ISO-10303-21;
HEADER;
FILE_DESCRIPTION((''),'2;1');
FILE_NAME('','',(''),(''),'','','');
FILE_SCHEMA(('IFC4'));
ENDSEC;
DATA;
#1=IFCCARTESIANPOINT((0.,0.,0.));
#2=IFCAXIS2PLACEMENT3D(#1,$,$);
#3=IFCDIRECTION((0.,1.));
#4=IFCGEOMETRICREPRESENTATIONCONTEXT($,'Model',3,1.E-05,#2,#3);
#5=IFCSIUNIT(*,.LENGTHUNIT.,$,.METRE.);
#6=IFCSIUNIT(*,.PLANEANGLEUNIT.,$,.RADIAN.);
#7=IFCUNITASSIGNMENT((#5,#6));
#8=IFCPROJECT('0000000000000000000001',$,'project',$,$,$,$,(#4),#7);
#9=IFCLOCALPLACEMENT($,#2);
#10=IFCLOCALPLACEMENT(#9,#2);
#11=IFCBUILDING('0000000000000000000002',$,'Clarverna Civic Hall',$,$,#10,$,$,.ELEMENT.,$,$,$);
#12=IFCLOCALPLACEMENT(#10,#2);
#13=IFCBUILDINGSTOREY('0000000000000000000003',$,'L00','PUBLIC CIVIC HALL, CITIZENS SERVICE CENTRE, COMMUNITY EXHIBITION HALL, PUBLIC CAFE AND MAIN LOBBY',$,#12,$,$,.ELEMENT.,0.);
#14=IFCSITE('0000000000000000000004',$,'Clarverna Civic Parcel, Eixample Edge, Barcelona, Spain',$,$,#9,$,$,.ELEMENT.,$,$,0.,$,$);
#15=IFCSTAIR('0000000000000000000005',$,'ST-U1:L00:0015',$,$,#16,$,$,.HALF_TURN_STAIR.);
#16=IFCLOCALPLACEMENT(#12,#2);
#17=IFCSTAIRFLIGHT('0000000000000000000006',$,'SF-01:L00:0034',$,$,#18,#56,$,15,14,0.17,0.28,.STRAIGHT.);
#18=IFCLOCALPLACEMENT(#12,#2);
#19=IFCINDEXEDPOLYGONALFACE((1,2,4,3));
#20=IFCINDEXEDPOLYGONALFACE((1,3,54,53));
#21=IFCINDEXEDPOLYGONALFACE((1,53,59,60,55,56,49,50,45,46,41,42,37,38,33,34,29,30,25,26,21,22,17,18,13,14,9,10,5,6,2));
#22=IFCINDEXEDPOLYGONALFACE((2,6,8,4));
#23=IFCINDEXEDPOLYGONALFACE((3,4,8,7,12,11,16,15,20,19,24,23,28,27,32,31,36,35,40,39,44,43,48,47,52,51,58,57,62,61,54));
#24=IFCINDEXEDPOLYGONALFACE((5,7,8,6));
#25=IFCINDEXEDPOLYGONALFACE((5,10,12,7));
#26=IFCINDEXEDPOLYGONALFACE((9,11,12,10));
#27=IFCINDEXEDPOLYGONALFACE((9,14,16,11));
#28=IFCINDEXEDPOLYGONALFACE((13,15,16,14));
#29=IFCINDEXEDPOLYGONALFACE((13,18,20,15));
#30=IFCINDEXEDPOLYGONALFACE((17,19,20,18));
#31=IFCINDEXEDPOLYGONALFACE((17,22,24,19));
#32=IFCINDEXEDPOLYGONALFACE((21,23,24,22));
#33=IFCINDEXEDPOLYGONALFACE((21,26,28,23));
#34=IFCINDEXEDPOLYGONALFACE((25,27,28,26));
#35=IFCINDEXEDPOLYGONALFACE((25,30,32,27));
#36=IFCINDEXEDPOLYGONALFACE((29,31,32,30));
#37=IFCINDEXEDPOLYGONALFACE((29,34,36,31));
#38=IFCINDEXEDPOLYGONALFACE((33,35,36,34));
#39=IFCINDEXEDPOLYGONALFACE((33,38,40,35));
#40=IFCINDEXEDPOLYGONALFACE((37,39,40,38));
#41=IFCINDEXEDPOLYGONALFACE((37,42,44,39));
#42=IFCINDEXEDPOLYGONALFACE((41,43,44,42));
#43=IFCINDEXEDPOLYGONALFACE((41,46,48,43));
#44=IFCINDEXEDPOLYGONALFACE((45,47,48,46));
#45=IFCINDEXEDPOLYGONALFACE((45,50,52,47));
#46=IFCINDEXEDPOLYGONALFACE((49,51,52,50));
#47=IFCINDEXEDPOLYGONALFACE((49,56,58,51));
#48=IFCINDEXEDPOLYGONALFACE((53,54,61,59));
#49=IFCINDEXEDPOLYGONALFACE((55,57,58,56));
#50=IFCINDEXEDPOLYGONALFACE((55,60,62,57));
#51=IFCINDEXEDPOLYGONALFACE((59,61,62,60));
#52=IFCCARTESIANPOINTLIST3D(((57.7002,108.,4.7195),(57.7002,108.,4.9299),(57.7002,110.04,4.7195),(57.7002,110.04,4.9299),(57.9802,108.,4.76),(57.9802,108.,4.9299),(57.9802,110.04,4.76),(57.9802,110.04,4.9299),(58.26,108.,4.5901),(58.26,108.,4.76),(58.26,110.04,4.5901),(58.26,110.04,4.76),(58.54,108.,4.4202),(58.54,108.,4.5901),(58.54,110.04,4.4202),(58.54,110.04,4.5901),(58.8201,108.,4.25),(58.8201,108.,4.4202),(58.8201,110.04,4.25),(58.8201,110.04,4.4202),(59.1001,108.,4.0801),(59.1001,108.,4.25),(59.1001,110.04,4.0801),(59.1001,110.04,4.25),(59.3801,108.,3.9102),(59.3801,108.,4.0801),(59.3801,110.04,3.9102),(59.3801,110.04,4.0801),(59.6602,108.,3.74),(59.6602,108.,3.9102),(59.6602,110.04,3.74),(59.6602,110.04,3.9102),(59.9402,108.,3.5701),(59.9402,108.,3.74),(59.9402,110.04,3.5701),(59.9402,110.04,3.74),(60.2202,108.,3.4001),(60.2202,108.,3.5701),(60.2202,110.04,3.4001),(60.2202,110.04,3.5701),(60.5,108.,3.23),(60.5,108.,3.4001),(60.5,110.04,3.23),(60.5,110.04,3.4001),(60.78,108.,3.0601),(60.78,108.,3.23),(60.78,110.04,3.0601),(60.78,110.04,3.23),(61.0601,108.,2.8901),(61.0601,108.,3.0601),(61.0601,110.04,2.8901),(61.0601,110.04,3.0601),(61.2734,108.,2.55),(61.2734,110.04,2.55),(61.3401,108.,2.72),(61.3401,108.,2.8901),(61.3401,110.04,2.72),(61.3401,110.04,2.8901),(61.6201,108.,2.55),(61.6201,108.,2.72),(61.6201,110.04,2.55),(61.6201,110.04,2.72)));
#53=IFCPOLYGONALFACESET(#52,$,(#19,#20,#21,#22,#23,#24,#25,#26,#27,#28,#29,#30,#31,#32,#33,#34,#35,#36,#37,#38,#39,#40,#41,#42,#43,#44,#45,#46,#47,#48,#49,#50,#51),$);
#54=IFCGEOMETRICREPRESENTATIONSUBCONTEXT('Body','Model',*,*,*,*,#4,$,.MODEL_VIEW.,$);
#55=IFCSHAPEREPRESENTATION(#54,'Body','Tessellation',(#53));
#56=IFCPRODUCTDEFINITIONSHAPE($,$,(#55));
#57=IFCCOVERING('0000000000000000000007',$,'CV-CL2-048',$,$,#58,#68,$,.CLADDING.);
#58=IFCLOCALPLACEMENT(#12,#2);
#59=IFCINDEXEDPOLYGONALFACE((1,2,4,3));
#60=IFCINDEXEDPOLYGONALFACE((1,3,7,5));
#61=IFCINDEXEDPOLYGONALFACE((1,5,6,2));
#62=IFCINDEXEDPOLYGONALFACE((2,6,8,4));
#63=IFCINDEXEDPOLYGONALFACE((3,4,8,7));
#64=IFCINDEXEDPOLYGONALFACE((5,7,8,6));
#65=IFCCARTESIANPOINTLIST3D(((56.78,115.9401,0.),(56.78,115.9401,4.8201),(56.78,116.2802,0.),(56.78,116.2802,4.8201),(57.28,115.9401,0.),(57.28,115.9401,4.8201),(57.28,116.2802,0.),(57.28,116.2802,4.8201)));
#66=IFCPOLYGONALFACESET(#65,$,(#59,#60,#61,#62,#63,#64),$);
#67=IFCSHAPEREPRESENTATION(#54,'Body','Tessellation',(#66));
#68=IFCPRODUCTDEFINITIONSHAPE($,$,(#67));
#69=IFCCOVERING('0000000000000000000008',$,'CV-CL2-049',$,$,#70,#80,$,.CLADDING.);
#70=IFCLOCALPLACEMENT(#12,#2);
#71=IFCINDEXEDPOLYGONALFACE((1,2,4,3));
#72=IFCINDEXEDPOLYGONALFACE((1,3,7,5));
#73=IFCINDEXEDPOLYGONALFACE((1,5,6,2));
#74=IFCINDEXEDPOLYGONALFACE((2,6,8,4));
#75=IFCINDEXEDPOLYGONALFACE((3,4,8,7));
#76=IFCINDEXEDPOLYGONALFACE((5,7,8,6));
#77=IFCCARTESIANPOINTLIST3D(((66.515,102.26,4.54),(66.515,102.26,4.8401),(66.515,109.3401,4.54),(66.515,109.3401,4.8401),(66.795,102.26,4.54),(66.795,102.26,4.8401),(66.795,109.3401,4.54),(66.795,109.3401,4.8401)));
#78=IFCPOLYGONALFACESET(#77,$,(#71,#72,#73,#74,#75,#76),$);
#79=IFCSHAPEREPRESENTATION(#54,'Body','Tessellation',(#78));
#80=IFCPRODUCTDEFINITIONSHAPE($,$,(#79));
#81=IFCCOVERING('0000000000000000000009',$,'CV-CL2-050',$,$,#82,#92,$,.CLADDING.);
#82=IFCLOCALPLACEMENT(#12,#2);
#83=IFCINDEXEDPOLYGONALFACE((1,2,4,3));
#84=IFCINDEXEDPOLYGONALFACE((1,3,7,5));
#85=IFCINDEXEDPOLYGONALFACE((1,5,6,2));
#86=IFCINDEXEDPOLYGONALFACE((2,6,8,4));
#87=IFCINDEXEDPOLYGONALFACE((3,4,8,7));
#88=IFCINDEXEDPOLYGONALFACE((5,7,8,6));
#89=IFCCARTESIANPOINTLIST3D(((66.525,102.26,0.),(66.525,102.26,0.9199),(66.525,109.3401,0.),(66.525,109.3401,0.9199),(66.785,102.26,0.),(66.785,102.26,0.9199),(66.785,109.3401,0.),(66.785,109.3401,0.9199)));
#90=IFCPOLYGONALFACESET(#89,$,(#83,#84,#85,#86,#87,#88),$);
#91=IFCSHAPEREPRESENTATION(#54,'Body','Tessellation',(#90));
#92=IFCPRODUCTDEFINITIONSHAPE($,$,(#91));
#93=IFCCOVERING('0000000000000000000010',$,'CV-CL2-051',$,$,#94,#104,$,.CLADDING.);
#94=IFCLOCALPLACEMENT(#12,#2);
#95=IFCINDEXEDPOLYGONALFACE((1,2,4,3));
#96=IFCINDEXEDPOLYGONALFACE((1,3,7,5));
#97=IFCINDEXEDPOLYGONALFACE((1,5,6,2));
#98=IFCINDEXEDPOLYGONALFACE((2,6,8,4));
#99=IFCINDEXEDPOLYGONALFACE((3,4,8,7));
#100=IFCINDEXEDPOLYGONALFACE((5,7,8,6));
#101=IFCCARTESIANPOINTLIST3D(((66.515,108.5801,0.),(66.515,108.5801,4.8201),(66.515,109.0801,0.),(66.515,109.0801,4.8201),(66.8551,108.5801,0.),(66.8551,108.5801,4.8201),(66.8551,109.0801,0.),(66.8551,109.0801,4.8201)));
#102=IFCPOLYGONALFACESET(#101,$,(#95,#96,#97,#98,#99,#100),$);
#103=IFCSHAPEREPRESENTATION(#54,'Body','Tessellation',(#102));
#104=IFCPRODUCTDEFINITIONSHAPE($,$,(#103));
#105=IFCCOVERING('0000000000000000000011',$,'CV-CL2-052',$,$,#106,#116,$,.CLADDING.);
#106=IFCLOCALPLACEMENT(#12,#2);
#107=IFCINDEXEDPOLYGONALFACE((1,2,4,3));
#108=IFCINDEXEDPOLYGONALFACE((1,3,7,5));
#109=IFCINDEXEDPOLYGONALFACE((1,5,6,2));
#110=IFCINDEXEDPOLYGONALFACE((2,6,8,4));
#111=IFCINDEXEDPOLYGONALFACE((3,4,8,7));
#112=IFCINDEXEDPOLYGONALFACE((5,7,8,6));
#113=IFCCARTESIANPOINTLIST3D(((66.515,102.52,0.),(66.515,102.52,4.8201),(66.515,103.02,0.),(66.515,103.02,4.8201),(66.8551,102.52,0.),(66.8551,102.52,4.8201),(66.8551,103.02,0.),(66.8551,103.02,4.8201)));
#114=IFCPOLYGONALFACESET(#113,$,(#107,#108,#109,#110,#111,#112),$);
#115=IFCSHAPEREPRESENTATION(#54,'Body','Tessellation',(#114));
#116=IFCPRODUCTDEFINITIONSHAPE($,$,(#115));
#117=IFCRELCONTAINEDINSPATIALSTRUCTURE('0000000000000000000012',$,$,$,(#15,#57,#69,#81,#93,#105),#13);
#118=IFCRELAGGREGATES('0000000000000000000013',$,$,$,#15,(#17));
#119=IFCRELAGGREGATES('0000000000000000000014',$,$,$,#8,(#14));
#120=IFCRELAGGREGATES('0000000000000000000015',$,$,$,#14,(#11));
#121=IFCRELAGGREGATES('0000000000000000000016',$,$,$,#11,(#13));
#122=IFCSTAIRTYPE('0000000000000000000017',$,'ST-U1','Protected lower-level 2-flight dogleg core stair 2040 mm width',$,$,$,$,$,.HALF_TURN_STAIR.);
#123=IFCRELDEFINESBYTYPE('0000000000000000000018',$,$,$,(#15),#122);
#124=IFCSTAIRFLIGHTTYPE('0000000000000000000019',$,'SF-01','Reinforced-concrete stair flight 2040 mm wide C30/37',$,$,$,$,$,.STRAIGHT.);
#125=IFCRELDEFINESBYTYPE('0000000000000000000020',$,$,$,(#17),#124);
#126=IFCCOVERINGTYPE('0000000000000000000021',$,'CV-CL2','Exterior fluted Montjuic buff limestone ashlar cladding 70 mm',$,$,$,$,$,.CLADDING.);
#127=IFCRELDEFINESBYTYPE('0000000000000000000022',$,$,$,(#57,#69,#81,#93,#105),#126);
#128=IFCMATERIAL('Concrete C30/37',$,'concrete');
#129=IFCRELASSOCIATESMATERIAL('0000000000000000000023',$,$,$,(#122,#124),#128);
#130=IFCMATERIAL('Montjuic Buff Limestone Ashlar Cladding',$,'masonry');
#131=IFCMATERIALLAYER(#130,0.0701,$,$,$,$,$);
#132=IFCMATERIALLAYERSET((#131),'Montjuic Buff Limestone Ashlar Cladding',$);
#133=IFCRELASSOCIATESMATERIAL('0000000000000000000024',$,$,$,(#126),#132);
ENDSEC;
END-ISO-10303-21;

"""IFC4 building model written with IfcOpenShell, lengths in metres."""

from ifc_helpers import new_model, si_unit, direction, frame, frame_2d, origin, place, context, subcontext, project, spatial, polyline, rectangle, outline, extrude, material, layer, layer_set, type_object, element, aggregate, save


model = new_model("IFC4")

# Units and contexts
model_context = context("Model", 3, precision=1e-05, world=origin(), true_north=direction((0.0, 1.0)))
body_context = subcontext(model_context, "Body", "Model", "MODEL_VIEW")
ifc_project = project(units=[si_unit("LENGTHUNIT", "METRE"), si_unit("PLANEANGLEUNIT", "RADIAN")], contexts=[model_context])

# Site, building, storey
site_placement = place(None, origin())
site = spatial("IfcSite", under=ifc_project, at=site_placement, Name="Clarverna Civic Parcel, Eixample Edge, Barcelona, Spain", CompositionType="ELEMENT", RefElevation=0.0)
building_placement = place(site_placement, origin())
building = spatial("IfcBuilding", under=site, at=building_placement, Name="Clarverna Civic Hall", CompositionType="ELEMENT")
storey_placement = place(building_placement, origin())
storey = spatial("IfcBuildingStorey", under=building, at=storey_placement, Name="L00", Description="PUBLIC CIVIC HALL, CITIZENS SERVICE CENTRE, COMMUNITY EXHIBITION HALL, PUBLIC CAFE AND MAIN LOBBY", CompositionType="ELEMENT", Elevation=0.0)

# Stair, stair flight
ifc_material_1 = material(Name="Concrete C30/37", Category="concrete")
stair_type = type_object("IfcStairType", Name="ST-U1", Description="Protected lower-level 2-flight dogleg core stair 2040 mm width", PredefinedType="HALF_TURN_STAIR", material=ifc_material_1)
stair_placement = place(storey_placement, origin())
stair = element("IfcStair", 1, at=stair_placement, inside=storey, type_object=stair_type, Name="ST-U1:L00:0015", PredefinedType="HALF_TURN_STAIR")
stair_flight_type = type_object("IfcStairFlightType", Name="SF-01", Description="Reinforced-concrete stair flight 2040 mm wide C30/37", PredefinedType="STRAIGHT", material=ifc_material_1)
stair_flight_1_placement = place(storey_placement, frame((61.6201, 109.02, 2.55), z_axis=(0.0, 0.0, 1.0), x_axis=(-1.0, 0.0, 0.0)))
stair_flight_1 = element("IfcStairFlight", 2, at=stair_flight_1_placement, type_object=stair_flight_type, Name="SF-01:L00:0034", NumberOfRisers=15, NumberOfTreads=14, PredefinedType="STRAIGHT", RiserHeight=0.17, TreadLength=0.28, context=body_context, shape_type="SweptSolid", body=[
    extrude(outline(polyline([(0.0, 0.0), (0.0, 0.1699), (0.28, 0.1699), (0.28, 0.3401), (0.5601, 0.3401), (0.5601, 0.51), (0.8401, 0.51), (0.8401, 0.6799), (1.1201, 0.6799), (1.1201, 0.8501), (1.3999, 0.8501), (1.3999, 1.02), (1.6799, 1.02), (1.6799, 1.1899), (1.96, 1.1899), (1.96, 1.3601), (2.24, 1.3601), (2.24, 1.53), (2.52, 1.53), (2.52, 1.7), (2.8, 1.7), (2.8, 1.8701), (3.0801, 1.8701), (3.0801, 2.04), (3.3601, 2.04), (3.3601, 2.21), (3.6399, 2.21), (3.6399, 2.3799), (3.9199, 2.3799), (3.9199, 2.55), (3.9199, 2.1694), (0.3467, 0.0), (0.0, 0.0)])), frame((0.0, 1.02, 0.0), z_axis=(0.0, -1.0, 0.0), x_axis=(1.0, 0.0, 0.0)), (0.0, 0.0, 1.0), 2.04),
])
aggregate(stair, [stair_flight_1])

# Coverings
ifc_material_2 = material(Name="Montjuic Buff Limestone Ashlar Cladding", Category="masonry")
ifc_layer_1 = layer(ifc_material_2, 0.0701)
ifc_layer_set_1 = layer_set([ifc_layer_1], Name="Montjuic Buff Limestone Ashlar Cladding")
covering_type = type_object("IfcCoveringType", Name="CV-CL2", Description="Exterior fluted Montjuic buff limestone ashlar cladding 70 mm", PredefinedType="CLADDING", material=ifc_layer_set_1)
covering_1_placement = place(storey_placement, frame((56.78, 116.1101, 0.0), z_axis=(0.0, 0.0, 1.0), x_axis=(1.0, 0.0, 0.0)))
element("IfcCovering", 3, at=covering_1_placement, inside=storey, type_object=covering_type, Name="CV-CL2-048", PredefinedType="CLADDING", context=body_context, shape_type="SweptSolid", body=[
    extrude(rectangle(XDim=0.5, YDim=0.3401, at=frame_2d((0.25, 0.0))), origin(), (0.0, 0.0, 1.0), 4.8201),
])
covering_2_placement = place(storey_placement, frame((66.655, 109.3401, 4.54), z_axis=(0.0, 0.0, 1.0), x_axis=(0.0, -1.0, 0.0)))
element("IfcCovering", 4, at=covering_2_placement, inside=storey, type_object=covering_type, Name="CV-CL2-049", PredefinedType="CLADDING", context=body_context, shape_type="SweptSolid", body=[
    extrude(rectangle(XDim=7.0801, YDim=0.28, at=frame_2d((3.54, 0.0))), origin(), (0.0, 0.0, 1.0), 0.3),
])
covering_3_placement = place(storey_placement, frame((66.655, 109.3401, 0.0), z_axis=(0.0, 0.0, 1.0), x_axis=(0.0, -1.0, 0.0)))
element("IfcCovering", 5, at=covering_3_placement, inside=storey, type_object=covering_type, Name="CV-CL2-050", PredefinedType="CLADDING", context=body_context, shape_type="SweptSolid", body=[
    extrude(rectangle(XDim=7.0801, YDim=0.26, at=frame_2d((3.54, 0.0))), origin(), (0.0, 0.0, 1.0), 0.9199),
])
for number, where, z_axis, x_axis, name in (
    (6, (66.6851, 109.0801, 0.0), (0.0, 0.0, 1.0), (0.0, -1.0, 0.0), "CV-CL2-051"),
    (7, (66.6851, 103.02, 0.0), (0.0, 0.0, 1.0), (0.0, -1.0, 0.0), "CV-CL2-052"),
):
    element("IfcCovering", number, at=place(storey_placement, frame(where, z_axis=z_axis, x_axis=x_axis)), inside=storey, type_object=covering_type, Name=name, PredefinedType="CLADDING", context=body_context, shape_type="SweptSolid", body=[
        extrude(rectangle(XDim=0.5, YDim=0.3401, at=frame_2d((0.25, 0.0))), origin(), (0.0, 0.0, 1.0), 4.8201),
    ])

save(model, "model.ifc")
